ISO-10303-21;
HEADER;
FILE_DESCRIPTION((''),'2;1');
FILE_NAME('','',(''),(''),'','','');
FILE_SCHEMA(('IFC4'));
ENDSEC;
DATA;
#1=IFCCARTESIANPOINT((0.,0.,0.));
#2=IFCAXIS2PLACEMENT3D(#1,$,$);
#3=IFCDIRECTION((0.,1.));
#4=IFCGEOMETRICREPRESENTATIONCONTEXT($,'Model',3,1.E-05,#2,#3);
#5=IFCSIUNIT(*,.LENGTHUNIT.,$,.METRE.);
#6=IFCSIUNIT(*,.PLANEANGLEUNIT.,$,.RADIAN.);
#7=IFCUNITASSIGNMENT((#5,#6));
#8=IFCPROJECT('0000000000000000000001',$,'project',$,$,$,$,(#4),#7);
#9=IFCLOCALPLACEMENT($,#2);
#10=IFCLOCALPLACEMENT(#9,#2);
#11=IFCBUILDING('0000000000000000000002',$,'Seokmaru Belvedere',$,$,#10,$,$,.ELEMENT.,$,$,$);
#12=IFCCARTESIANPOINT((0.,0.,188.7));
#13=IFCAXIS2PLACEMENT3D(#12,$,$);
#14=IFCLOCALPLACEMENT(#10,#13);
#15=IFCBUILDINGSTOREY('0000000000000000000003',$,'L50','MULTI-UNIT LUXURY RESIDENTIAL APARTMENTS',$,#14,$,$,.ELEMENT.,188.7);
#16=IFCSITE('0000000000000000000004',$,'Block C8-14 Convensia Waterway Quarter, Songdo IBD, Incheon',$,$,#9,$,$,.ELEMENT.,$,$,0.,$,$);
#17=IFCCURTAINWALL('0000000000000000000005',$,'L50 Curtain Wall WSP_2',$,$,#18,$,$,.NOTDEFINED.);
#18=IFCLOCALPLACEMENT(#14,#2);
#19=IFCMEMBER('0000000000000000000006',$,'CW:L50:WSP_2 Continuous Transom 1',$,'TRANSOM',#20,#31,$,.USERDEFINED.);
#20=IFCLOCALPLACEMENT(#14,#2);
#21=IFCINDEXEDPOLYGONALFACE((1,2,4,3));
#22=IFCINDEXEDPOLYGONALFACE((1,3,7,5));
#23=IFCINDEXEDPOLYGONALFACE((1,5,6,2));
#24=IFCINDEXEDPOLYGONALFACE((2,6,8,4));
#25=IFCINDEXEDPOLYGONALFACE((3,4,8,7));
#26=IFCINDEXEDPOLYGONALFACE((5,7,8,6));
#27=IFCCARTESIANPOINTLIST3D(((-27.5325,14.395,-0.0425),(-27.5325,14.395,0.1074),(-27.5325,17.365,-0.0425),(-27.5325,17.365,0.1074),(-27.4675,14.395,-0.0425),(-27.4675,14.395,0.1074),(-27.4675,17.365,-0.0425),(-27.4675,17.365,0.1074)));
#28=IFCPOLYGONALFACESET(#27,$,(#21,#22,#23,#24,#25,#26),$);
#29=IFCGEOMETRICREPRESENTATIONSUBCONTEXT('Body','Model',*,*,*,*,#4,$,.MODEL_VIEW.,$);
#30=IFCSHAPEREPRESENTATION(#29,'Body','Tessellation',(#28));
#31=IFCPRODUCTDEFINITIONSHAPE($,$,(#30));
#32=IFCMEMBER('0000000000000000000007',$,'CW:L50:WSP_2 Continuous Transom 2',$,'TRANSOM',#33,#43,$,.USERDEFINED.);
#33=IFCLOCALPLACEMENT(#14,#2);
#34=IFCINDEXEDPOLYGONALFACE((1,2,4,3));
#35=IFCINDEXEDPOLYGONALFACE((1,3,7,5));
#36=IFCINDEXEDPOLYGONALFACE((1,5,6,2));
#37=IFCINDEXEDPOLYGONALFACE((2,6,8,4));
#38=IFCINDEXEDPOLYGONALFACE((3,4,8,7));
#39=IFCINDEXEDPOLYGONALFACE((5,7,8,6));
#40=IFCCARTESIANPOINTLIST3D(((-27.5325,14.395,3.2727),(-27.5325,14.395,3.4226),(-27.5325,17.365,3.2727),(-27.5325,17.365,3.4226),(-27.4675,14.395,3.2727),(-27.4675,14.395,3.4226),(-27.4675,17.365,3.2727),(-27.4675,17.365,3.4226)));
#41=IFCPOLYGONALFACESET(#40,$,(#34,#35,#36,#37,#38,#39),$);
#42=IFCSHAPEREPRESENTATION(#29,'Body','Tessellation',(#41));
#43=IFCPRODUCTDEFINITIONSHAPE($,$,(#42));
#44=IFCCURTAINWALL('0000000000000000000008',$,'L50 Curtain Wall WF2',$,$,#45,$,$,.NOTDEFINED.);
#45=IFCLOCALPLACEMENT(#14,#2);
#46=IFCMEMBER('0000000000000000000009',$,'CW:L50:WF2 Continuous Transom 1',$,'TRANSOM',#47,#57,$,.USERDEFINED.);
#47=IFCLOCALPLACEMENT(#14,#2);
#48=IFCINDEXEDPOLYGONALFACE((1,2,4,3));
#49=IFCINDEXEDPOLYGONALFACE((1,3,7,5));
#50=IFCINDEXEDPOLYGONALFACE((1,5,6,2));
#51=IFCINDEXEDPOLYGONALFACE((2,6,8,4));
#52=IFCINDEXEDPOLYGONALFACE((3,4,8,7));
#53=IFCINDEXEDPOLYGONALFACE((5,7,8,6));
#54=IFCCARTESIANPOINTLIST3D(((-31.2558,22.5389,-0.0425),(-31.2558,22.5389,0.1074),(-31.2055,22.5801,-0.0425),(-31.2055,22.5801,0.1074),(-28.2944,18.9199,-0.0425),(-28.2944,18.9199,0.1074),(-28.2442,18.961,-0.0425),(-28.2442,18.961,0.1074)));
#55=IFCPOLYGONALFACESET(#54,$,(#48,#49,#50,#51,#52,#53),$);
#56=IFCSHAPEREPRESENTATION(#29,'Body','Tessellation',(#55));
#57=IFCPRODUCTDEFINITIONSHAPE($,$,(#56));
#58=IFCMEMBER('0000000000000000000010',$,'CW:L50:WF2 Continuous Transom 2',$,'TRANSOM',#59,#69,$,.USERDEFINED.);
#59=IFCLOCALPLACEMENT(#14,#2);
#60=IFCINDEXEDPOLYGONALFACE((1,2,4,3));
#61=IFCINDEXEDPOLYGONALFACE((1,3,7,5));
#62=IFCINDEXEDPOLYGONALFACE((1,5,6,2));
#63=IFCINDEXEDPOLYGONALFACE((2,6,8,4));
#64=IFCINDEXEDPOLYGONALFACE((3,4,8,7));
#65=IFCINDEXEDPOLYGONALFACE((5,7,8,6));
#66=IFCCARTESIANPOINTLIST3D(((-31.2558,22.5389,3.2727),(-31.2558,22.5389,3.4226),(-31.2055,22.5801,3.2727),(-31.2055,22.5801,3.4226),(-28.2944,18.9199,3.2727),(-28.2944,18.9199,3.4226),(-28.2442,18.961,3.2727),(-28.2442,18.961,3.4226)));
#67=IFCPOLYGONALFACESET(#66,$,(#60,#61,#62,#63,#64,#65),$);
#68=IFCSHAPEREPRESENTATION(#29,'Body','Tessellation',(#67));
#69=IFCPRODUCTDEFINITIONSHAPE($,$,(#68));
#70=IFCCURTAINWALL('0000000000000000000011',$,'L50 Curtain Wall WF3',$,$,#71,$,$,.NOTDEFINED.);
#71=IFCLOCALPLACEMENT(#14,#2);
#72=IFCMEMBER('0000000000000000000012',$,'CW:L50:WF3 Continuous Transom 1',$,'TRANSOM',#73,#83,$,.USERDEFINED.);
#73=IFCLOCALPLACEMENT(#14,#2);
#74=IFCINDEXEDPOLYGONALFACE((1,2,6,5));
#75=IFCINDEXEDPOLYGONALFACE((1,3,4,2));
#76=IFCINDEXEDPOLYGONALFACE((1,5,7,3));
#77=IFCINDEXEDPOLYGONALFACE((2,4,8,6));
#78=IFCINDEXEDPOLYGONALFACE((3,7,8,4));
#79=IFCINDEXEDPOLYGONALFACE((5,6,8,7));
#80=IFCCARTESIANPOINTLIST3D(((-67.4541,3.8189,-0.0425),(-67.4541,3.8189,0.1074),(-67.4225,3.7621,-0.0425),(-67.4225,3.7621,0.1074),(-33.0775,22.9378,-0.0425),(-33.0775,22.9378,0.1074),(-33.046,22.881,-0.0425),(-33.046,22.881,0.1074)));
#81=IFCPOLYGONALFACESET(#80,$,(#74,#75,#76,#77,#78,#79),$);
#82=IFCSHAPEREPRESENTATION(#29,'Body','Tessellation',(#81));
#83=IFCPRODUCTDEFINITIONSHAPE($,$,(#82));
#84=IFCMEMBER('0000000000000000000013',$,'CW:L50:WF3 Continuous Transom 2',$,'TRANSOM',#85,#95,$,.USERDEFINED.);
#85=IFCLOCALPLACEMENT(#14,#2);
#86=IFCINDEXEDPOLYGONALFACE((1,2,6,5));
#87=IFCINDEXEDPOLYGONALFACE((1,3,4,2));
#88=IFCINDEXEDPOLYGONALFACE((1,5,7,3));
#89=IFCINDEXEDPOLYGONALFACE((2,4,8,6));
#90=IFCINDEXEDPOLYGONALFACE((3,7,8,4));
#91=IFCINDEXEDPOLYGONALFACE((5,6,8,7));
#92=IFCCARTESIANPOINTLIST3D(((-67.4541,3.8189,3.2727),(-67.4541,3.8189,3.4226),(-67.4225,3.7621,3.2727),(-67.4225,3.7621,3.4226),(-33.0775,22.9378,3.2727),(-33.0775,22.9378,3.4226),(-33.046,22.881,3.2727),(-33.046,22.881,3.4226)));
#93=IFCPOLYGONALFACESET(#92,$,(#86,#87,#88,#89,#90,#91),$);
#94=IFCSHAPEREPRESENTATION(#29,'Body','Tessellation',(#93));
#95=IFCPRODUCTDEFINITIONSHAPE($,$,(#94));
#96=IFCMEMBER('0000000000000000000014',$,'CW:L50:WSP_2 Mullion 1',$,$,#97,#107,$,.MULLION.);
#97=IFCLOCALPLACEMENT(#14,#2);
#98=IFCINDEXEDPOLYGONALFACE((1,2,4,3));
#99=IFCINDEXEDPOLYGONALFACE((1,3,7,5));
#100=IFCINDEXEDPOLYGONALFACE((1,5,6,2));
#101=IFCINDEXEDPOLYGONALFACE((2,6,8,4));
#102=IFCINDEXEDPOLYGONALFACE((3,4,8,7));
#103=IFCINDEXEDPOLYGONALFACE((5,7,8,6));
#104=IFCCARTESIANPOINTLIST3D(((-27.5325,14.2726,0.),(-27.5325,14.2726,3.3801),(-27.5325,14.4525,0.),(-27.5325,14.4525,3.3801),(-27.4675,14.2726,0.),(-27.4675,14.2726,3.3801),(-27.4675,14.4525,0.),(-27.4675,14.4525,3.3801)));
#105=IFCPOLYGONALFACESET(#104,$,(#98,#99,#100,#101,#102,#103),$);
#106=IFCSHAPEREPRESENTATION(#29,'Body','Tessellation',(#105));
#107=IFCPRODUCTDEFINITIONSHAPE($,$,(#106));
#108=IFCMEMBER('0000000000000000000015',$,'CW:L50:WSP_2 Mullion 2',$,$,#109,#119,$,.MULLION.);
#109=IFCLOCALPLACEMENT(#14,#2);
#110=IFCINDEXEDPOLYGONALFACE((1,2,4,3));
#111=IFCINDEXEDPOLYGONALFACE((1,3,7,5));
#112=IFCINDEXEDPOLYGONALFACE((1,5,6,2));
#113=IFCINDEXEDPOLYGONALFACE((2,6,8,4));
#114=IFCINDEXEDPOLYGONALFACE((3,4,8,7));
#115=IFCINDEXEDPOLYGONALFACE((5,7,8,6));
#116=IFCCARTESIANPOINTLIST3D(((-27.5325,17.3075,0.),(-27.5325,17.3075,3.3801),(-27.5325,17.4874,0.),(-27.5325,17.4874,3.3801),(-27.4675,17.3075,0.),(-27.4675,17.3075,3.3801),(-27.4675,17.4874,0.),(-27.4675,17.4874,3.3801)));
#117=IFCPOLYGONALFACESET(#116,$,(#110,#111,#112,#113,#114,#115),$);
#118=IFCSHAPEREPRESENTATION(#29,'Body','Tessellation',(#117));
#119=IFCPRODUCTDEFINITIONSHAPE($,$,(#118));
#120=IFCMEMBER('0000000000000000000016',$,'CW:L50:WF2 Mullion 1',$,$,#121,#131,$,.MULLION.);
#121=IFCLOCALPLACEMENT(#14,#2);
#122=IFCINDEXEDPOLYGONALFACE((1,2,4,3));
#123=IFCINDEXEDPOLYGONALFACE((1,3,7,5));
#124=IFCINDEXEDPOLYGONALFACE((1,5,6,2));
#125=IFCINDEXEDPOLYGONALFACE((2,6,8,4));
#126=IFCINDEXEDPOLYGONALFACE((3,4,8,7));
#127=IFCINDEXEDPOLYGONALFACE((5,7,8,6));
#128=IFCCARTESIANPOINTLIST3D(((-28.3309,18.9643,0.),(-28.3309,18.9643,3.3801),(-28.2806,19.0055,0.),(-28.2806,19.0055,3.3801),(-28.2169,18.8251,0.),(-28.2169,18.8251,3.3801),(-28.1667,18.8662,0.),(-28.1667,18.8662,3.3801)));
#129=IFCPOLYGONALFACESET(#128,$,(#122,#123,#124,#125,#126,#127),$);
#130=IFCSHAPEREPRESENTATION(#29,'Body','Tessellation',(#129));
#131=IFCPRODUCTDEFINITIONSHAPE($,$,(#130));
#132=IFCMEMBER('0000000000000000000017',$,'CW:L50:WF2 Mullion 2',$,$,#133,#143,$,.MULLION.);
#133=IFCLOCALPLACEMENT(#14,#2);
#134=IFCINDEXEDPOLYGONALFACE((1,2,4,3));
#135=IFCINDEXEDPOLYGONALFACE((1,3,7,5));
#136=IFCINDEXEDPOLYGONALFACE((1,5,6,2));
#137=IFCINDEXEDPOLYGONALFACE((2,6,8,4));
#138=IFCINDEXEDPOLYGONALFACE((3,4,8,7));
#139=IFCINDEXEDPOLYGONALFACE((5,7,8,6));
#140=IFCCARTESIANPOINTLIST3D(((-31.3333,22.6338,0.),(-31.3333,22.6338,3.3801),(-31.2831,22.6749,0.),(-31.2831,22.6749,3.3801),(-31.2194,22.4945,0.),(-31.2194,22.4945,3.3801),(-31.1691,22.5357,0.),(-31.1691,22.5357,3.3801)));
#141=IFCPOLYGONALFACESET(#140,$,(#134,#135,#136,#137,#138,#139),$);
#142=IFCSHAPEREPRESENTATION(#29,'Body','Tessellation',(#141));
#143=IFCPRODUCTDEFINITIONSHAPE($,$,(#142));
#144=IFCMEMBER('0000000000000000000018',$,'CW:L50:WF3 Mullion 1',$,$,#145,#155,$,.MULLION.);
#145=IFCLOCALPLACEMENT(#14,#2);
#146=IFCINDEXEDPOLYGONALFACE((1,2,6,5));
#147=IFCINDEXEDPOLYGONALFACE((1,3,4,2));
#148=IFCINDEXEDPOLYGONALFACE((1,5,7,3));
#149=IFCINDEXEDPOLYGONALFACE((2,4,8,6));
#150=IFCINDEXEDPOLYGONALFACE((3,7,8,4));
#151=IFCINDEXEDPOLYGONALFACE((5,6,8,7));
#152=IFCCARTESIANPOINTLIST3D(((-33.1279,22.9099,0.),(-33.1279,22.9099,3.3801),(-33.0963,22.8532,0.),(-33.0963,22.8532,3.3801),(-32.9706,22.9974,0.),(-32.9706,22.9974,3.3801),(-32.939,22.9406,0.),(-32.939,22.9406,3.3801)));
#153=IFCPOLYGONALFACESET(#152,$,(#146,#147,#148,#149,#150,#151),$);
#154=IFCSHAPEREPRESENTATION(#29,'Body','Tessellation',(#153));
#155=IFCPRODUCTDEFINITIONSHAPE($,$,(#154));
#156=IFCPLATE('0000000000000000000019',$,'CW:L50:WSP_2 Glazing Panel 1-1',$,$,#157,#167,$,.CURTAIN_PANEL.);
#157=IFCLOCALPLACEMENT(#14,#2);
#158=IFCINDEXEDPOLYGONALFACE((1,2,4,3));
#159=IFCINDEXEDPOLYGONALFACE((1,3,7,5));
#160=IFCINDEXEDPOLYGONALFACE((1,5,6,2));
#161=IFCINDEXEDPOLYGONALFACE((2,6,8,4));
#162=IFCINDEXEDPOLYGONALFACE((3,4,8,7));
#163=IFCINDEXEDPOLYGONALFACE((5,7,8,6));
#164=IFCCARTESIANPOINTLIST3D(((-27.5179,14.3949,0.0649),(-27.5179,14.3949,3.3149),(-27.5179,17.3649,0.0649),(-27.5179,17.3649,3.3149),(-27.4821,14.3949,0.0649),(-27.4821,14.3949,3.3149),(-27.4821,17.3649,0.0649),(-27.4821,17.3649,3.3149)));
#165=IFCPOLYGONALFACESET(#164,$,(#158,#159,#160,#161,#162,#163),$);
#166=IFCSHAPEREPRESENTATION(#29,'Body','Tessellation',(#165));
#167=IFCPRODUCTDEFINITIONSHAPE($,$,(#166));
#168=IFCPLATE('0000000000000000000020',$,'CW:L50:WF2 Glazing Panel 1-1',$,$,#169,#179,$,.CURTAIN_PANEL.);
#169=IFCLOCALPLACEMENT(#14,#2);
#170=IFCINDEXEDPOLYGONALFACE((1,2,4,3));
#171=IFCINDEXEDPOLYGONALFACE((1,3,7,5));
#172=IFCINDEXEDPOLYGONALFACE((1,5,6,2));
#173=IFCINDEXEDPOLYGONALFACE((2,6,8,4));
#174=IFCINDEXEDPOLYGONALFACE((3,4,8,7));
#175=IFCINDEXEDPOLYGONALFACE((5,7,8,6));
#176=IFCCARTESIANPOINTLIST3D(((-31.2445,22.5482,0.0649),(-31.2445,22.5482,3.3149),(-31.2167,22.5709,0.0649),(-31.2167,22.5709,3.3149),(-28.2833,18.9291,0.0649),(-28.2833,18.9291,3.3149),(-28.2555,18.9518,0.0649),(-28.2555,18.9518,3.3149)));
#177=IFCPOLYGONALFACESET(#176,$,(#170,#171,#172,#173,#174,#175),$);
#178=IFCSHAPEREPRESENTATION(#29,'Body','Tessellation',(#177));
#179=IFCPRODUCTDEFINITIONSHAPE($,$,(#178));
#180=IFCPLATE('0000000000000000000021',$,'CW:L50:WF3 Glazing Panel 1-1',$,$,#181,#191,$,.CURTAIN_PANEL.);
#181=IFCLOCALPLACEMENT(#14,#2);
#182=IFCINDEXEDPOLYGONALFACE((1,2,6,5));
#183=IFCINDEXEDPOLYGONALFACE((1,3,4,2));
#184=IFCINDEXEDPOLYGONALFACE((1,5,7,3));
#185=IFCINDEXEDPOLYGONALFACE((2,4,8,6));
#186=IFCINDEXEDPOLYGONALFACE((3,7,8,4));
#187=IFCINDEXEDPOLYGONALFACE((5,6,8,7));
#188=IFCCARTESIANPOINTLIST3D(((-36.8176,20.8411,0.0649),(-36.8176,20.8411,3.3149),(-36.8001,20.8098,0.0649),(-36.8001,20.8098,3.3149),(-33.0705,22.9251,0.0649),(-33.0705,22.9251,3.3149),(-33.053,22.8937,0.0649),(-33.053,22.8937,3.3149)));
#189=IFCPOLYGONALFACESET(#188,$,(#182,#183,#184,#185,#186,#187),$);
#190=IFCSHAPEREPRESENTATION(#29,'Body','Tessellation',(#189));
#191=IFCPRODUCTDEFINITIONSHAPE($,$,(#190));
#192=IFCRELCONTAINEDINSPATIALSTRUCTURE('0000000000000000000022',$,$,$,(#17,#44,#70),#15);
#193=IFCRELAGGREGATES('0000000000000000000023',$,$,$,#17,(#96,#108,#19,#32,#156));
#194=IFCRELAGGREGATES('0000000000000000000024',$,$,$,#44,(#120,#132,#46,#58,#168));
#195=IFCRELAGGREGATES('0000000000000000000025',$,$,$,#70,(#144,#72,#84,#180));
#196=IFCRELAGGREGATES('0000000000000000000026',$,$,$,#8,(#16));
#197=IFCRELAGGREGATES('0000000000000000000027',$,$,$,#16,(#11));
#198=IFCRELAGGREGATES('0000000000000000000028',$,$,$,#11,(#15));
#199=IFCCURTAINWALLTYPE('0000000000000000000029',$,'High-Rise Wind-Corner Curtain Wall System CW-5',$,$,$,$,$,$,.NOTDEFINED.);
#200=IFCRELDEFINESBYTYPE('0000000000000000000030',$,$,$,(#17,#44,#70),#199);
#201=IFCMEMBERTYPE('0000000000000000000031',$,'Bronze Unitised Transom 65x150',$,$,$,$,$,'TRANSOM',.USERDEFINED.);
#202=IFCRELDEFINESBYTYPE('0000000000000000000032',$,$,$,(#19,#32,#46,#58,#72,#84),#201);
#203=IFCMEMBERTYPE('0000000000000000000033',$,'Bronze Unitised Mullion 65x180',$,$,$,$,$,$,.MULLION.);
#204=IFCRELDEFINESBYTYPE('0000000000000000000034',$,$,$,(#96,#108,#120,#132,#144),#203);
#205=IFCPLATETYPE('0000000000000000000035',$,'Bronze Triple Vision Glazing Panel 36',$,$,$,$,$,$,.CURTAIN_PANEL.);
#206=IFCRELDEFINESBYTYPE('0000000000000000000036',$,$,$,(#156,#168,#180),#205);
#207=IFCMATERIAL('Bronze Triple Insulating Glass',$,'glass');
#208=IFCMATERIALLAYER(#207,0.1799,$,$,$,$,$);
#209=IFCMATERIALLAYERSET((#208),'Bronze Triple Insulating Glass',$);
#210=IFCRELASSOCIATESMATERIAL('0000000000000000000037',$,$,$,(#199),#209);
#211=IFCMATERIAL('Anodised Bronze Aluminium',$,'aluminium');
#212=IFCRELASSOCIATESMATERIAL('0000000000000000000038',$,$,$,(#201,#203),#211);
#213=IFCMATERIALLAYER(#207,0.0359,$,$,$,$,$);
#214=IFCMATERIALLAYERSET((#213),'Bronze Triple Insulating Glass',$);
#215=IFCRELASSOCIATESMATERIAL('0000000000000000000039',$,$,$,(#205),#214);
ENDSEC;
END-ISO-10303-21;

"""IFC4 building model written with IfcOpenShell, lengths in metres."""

from ifc_helpers import new_model, si_unit, direction, frame, origin, origin_2d, place, context, subcontext, project, spatial, rectangle, extrude, source, transform, mapped, material, layer, layer_set, material_profile, profile_set, type_object, type_shapes, element, aggregate, save


model = new_model("IFC4")

# Units and contexts
model_context = context("Model", 3, precision=1e-05, world=origin(), true_north=direction((0.0, 1.0)))
body_context = subcontext(model_context, "Body", "Model", "MODEL_VIEW")
ifc_project = project(units=[si_unit("LENGTHUNIT", "METRE"), si_unit("PLANEANGLEUNIT", "RADIAN")], contexts=[model_context])

# Site, building, storey
site_placement = place(None, origin())
site = spatial("IfcSite", under=ifc_project, at=site_placement, Name="Block C8-14 Convensia Waterway Quarter, Songdo IBD, Incheon", CompositionType="ELEMENT", RefElevation=0.0)
building_placement = place(site_placement, origin())
building = spatial("IfcBuilding", under=site, at=building_placement, Name="Seokmaru Belvedere", CompositionType="ELEMENT")
storey_placement = place(building_placement, frame((0.0, 0.0, 188.7)))
storey = spatial("IfcBuildingStorey", under=building, at=storey_placement, Name="L50", Description="MULTI-UNIT LUXURY RESIDENTIAL APARTMENTS", CompositionType="ELEMENT", Elevation=188.7)

# Curtain walls, members
ifc_material_1 = material(Name="Bronze Triple Insulating Glass", Category="glass")
ifc_layer_1 = layer(ifc_material_1, 0.1799)
ifc_layer_set_1 = layer_set([ifc_layer_1], Name="Bronze Triple Insulating Glass")
curtain_wall_type = type_object("IfcCurtainWallType", Name="High-Rise Wind-Corner Curtain Wall System CW-5", PredefinedType="NOTDEFINED", material=ifc_layer_set_1)
curtain_wall_1_placement = place(storey_placement, origin())
curtain_wall_1 = element("IfcCurtainWall", 1, at=curtain_wall_1_placement, inside=storey, type_object=curtain_wall_type, Name="L50 Curtain Wall WSP_2", PredefinedType="NOTDEFINED")
ifc_material_2 = material(Name="Anodised Bronze Aluminium", Category="aluminium")
ifc_material_profile_1 = material_profile(ifc_material_2, rectangle(XDim=0.0649, YDim=0.1499, at=origin_2d()), Name="CW-T-65x150")
ifc_profile_set_1 = profile_set([ifc_material_profile_1], Name="Anodised Bronze Aluminium")
member_type_1 = type_object("IfcMemberType", Name="Bronze Unitised Transom 65x150", ElementType="TRANSOM", PredefinedType="USERDEFINED", material=ifc_profile_set_1)
shared_shape_1 = source(origin(), body_context, "Body", "SweptSolid", [
    extrude(rectangle(XDim=0.0649, YDim=0.1499, at=origin_2d()), origin(), (0.0, 0.0, 1.0), 2.97),
])
member_1_placement = place(storey_placement, frame((-27.5, 14.395, 0.0325), z_axis=(0.0, 1.0, 0.0), x_axis=(-1.0, 0.0, 0.0)))
member_1 = element("IfcMember", 2, at=member_1_placement, type_object=member_type_1, Name="CW:L50:WSP_2 Continuous Transom 1", ObjectType="TRANSOM", PredefinedType="USERDEFINED", context=body_context, shape_type="MappedRepresentation", body=[
    mapped(shared_shape_1, transform((0.0, 0.0, 0.0), scale=1.0)),
])
member_2_placement = place(storey_placement, frame((-27.5, 14.395, 3.3477), z_axis=(0.0, 1.0, 0.0), x_axis=(-1.0, 0.0, 0.0)))
member_2 = element("IfcMember", 3, at=member_2_placement, type_object=member_type_1, Name="CW:L50:WSP_2 Continuous Transom 2", ObjectType="TRANSOM", PredefinedType="USERDEFINED", context=body_context, shape_type="MappedRepresentation", body=[
    mapped(shared_shape_1, transform((0.0, 0.0, 0.0), scale=1.0)),
])
curtain_wall_2_placement = place(storey_placement, origin())
curtain_wall_2 = element("IfcCurtainWall", 4, at=curtain_wall_2_placement, inside=storey, type_object=curtain_wall_type, Name="L50 Curtain Wall WF2", PredefinedType="NOTDEFINED")
shared_shape_2 = source(origin(), body_context, "Body", "SweptSolid", [
    extrude(rectangle(XDim=0.0649, YDim=0.1499, at=origin_2d()), origin(), (0.0, 0.0, 1.0), 4.6763),
])
member_3_placement = place(storey_placement, frame((-28.2693, 18.9404, 0.0325), z_axis=(-0.633278, 0.773925, 0.0), x_axis=(-0.773925, -0.633278, 0.0)))
member_3 = element("IfcMember", 5, at=member_3_placement, type_object=member_type_1, Name="CW:L50:WF2 Continuous Transom 1", ObjectType="TRANSOM", PredefinedType="USERDEFINED", context=body_context, shape_type="MappedRepresentation", body=[
    mapped(shared_shape_2, transform((0.0, 0.0, 0.0), scale=1.0)),
])
member_4_placement = place(storey_placement, frame((-28.2693, 18.9404, 3.3477), z_axis=(-0.633278, 0.773925, 0.0), x_axis=(-0.773925, -0.633278, 0.0)))
member_4 = element("IfcMember", 6, at=member_4_placement, type_object=member_type_1, Name="CW:L50:WF2 Continuous Transom 2", ObjectType="TRANSOM", PredefinedType="USERDEFINED", context=body_context, shape_type="MappedRepresentation", body=[
    mapped(shared_shape_2, transform((0.0, 0.0, 0.0), scale=1.0)),
])
curtain_wall_3_placement = place(storey_placement, origin())
curtain_wall_3 = element("IfcCurtainWall", 7, at=curtain_wall_3_placement, inside=storey, type_object=curtain_wall_type, Name="L50 Curtain Wall WF3", PredefinedType="NOTDEFINED")
shared_shape_3 = source(origin(), body_context, "Body", "SweptSolid", [
    extrude(rectangle(XDim=0.0649, YDim=0.1499, at=origin_2d()), origin(), (0.0, 0.0, 1.0), 39.3354),
])
type_shapes(member_type_1, [shared_shape_1, shared_shape_2, shared_shape_3])
member_5_placement = place(storey_placement, frame((-33.0618, 22.9094, 0.0325), z_axis=(-0.873932, -0.486048, 0.0), x_axis=(0.486048, -0.873932, 0.0)))
member_5 = element("IfcMember", 8, at=member_5_placement, type_object=member_type_1, Name="CW:L50:WF3 Continuous Transom 1", ObjectType="TRANSOM", PredefinedType="USERDEFINED", context=body_context, shape_type="MappedRepresentation", body=[
    mapped(shared_shape_3, transform((0.0, 0.0, 0.0), scale=1.0)),
])
member_6_placement = place(storey_placement, frame((-33.0618, 22.9094, 3.3477), z_axis=(-0.873932, -0.486048, 0.0), x_axis=(0.486048, -0.873932, 0.0)))
member_6 = element("IfcMember", 9, at=member_6_placement, type_object=member_type_1, Name="CW:L50:WF3 Continuous Transom 2", ObjectType="TRANSOM", PredefinedType="USERDEFINED", context=body_context, shape_type="MappedRepresentation", body=[
    mapped(shared_shape_3, transform((0.0, 0.0, 0.0), scale=1.0)),
])

# Members
ifc_material_profile_2 = material_profile(ifc_material_2, rectangle(XDim=0.0649, YDim=0.1799, at=origin_2d()), Name="CW-M-65x180")
ifc_profile_set_2 = profile_set([ifc_material_profile_2], Name="Anodised Bronze Aluminium")
member_type_2 = type_object("IfcMemberType", Name="Bronze Unitised Mullion 65x180", PredefinedType="MULLION", material=ifc_profile_set_2)
shared_shape_4 = source(origin(), body_context, "Body", "SweptSolid", [
    extrude(rectangle(XDim=0.0649, YDim=0.1799, at=origin_2d()), origin(), (0.0, 0.0, 1.0), 3.3801),
])
type_shapes(member_type_2, [shared_shape_4])
member_7_placement = place(storey_placement, frame((-27.5, 14.3625, 0.0), z_axis=(0.0, 0.0, 1.0), x_axis=(-1.0, 0.0, 0.0)))
member_7 = element("IfcMember", 10, at=member_7_placement, type_object=member_type_2, Name="CW:L50:WSP_2 Mullion 1", PredefinedType="MULLION", context=body_context, shape_type="MappedRepresentation", body=[
    mapped(shared_shape_4, transform((0.0, 0.0, 0.0), scale=1.0)),
])
member_8_placement = place(storey_placement, frame((-27.5, 17.3975, 0.0), z_axis=(0.0, 0.0, 1.0), x_axis=(-1.0, 0.0, 0.0)))
member_8 = element("IfcMember", 11, at=member_8_placement, type_object=member_type_2, Name="CW:L50:WSP_2 Mullion 2", PredefinedType="MULLION", context=body_context, shape_type="MappedRepresentation", body=[
    mapped(shared_shape_4, transform((0.0, 0.0, 0.0), scale=1.0)),
])
member_9_placement = place(storey_placement, frame((-28.2488, 18.9153, 0.0), z_axis=(0.0, 0.0, 1.0), x_axis=(-0.773944, -0.633254, 0.0)))
member_9 = element("IfcMember", 12, at=member_9_placement, type_object=member_type_2, Name="CW:L50:WF2 Mullion 1", PredefinedType="MULLION", context=body_context, shape_type="MappedRepresentation", body=[
    mapped(shared_shape_4, transform((0.0, 0.0, 0.0), scale=1.0)),
])
member_10_placement = place(storey_placement, frame((-31.2512, 22.5847, 0.0), z_axis=(0.0, 0.0, 1.0), x_axis=(-0.773944, -0.633254, 0.0)))
member_10 = element("IfcMember", 13, at=member_10_placement, type_object=member_type_2, Name="CW:L50:WF2 Mullion 2", PredefinedType="MULLION", context=body_context, shape_type="MappedRepresentation", body=[
    mapped(shared_shape_4, transform((0.0, 0.0, 0.0), scale=1.0)),
])
member_11_placement = place(storey_placement, frame((-33.0334, 22.9253, 0.0), z_axis=(0.0, 0.0, 1.0), x_axis=(0.486047, -0.873933, 0.0)))
member_11 = element("IfcMember", 14, at=member_11_placement, type_object=member_type_2, Name="CW:L50:WF3 Mullion 1", PredefinedType="MULLION", context=body_context, shape_type="MappedRepresentation", body=[
    mapped(shared_shape_4, transform((0.0, 0.0, 0.0), scale=1.0)),
])

# Plates
ifc_layer_2 = layer(ifc_material_1, 0.0359)
ifc_layer_set_2 = layer_set([ifc_layer_2], Name="Bronze Triple Insulating Glass")
plate_type = type_object("IfcPlateType", Name="Bronze Triple Vision Glazing Panel 36", PredefinedType="CURTAIN_PANEL", material=ifc_layer_set_2)
shared_shape_5 = source(origin(), body_context, "Body", "SweptSolid", [
    extrude(rectangle(XDim=2.97, YDim=0.0359, at=origin_2d()), origin(), (0.0, 0.0, 1.0), 3.25),
])
plate_1_placement = place(storey_placement, frame((-27.5, 15.8799, 0.0649), z_axis=(0.0, 0.0, 1.0), x_axis=(0.0, 1.0, 0.0)))
plate_1 = element("IfcPlate", 15, at=plate_1_placement, type_object=plate_type, Name="CW:L50:WSP_2 Glazing Panel 1-1", PredefinedType="CURTAIN_PANEL", context=body_context, shape_type="MappedRepresentation", body=[
    mapped(shared_shape_5, transform((0.0, 0.0, 0.0), scale=1.0)),
])
aggregate(curtain_wall_1, [member_7, member_8, member_1, member_2, plate_1])
shared_shape_6 = source(origin(), body_context, "Body", "SweptSolid", [
    extrude(rectangle(XDim=4.6763, YDim=0.0359, at=origin_2d()), origin(), (0.0, 0.0, 1.0), 3.25),
])
plate_2_placement = place(storey_placement, frame((-29.75, 20.75, 0.0649), z_axis=(0.0, 0.0, 1.0), x_axis=(-0.633254, 0.773944, 0.0)))
plate_2 = element("IfcPlate", 16, at=plate_2_placement, type_object=plate_type, Name="CW:L50:WF2 Glazing Panel 1-1", PredefinedType="CURTAIN_PANEL", context=body_context, shape_type="MappedRepresentation", body=[
    mapped(shared_shape_6, transform((0.0, 0.0, 0.0), scale=1.0)),
])
aggregate(curtain_wall_2, [member_9, member_10, member_3, member_4, plate_2])
shared_shape_7 = source(origin(), body_context, "Body", "SweptSolid", [
    extrude(rectangle(XDim=4.2876, YDim=0.0359, at=origin_2d()), origin(), (0.0, 0.0, 1.0), 3.25),
])
type_shapes(plate_type, [shared_shape_5, shared_shape_6, shared_shape_7])
plate_3_placement = place(storey_placement, frame((-34.9353, 21.8674, 0.0649), z_axis=(0.0, 0.0, 1.0), x_axis=(-0.873933, -0.486047, 0.0)))
plate_3 = element("IfcPlate", 17, at=plate_3_placement, type_object=plate_type, Name="CW:L50:WF3 Glazing Panel 1-1", PredefinedType="CURTAIN_PANEL", context=body_context, shape_type="MappedRepresentation", body=[
    mapped(shared_shape_7, transform((0.0, 0.0, 0.0), scale=1.0)),
])
aggregate(curtain_wall_3, [member_11, member_5, member_6, plate_3])

save(model, "model.ifc")
